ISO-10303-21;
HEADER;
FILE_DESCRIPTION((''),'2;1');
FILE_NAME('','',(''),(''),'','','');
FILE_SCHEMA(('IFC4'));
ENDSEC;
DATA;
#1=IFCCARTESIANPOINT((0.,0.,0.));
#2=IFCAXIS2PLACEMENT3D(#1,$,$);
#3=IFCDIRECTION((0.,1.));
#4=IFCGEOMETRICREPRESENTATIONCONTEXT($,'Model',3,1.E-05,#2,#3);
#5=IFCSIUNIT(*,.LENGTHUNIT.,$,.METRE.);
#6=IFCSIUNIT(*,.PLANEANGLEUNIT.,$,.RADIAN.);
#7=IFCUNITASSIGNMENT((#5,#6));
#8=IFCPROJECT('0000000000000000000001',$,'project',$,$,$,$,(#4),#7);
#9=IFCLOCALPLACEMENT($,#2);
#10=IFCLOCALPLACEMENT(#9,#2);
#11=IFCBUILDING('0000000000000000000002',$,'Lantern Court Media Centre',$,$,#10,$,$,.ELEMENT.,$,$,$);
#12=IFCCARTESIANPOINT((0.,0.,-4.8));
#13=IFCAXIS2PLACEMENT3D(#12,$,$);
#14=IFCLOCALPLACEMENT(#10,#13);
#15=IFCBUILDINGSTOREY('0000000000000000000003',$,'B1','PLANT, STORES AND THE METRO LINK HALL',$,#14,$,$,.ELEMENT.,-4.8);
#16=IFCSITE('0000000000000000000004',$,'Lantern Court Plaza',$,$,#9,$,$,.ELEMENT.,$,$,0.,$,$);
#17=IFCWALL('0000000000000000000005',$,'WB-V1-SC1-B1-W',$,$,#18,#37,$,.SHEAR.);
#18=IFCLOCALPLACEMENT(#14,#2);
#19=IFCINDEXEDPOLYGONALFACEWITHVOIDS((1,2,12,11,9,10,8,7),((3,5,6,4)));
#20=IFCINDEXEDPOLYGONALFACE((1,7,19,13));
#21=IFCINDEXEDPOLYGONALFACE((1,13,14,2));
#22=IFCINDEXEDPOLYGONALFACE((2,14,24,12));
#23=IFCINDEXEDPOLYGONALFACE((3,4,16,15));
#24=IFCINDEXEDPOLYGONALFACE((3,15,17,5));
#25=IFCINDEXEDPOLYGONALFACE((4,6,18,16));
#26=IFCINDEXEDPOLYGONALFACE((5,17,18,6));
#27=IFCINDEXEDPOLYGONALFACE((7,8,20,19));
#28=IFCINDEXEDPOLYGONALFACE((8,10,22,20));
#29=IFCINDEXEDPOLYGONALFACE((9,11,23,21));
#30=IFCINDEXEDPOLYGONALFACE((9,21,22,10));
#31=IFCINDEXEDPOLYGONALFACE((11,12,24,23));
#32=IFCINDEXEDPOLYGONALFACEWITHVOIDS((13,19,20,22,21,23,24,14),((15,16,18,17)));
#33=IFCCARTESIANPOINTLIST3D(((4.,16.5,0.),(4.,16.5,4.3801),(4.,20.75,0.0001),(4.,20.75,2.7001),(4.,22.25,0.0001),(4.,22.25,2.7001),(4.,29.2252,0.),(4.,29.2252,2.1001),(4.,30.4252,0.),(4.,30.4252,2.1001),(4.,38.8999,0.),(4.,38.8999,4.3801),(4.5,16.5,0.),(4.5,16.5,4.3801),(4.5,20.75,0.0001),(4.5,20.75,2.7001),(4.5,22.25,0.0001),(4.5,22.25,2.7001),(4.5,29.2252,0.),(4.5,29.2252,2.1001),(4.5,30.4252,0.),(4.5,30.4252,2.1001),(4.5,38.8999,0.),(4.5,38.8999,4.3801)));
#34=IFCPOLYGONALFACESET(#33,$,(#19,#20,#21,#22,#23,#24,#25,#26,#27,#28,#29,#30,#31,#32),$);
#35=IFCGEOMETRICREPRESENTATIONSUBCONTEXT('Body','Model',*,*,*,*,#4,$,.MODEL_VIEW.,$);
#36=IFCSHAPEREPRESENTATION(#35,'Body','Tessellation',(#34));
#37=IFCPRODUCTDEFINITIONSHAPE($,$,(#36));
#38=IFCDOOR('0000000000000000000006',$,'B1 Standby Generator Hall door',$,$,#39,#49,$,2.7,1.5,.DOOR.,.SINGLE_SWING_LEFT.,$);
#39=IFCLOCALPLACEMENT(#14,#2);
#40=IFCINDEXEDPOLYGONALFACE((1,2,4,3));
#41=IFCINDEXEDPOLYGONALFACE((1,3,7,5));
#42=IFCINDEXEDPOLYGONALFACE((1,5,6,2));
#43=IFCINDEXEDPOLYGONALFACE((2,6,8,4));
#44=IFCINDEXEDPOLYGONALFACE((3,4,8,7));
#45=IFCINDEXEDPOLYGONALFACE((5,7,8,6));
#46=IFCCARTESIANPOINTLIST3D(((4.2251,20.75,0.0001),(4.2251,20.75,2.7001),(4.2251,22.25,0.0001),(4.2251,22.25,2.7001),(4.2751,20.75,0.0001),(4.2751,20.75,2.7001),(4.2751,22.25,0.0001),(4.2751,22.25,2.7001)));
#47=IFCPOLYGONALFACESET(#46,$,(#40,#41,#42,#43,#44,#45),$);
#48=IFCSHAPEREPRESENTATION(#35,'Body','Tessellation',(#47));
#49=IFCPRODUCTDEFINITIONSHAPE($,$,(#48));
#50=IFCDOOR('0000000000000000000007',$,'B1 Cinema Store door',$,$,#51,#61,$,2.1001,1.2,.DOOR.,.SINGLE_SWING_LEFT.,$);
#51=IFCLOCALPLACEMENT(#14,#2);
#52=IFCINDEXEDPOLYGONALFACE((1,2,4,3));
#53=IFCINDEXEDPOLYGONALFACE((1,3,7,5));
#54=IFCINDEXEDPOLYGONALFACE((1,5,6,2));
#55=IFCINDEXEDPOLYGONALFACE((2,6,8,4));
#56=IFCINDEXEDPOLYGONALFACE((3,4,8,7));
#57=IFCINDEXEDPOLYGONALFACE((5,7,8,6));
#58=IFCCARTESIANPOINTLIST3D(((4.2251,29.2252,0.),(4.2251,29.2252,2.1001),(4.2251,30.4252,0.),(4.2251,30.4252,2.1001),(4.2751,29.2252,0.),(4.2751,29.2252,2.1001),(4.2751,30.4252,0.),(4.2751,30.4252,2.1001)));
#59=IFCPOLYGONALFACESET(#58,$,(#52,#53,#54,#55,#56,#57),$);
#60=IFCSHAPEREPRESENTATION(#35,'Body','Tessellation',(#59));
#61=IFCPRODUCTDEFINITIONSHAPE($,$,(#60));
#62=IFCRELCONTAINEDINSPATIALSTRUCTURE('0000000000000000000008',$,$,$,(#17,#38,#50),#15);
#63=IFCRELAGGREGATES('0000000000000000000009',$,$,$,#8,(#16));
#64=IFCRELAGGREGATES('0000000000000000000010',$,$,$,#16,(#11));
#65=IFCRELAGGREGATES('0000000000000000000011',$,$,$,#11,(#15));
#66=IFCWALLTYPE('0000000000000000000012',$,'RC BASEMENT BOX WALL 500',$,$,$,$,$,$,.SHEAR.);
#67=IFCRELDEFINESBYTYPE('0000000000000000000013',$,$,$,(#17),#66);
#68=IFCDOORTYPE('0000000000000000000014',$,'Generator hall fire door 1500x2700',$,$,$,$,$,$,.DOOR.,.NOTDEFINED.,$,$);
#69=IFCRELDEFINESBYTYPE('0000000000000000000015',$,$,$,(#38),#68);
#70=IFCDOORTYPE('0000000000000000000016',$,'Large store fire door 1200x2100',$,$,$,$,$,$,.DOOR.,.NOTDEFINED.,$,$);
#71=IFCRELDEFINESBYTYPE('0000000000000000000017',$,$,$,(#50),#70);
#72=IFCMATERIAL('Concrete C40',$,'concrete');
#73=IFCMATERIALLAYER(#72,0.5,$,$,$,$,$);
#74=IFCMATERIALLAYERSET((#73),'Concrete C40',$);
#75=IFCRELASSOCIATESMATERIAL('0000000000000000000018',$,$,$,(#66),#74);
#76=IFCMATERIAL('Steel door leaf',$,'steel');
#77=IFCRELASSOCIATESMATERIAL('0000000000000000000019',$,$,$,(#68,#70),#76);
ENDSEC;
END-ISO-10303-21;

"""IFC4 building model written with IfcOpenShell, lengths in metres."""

from ifc_helpers import new_model, si_unit, direction, frame, frame_2d, origin, place, context, subcontext, project, spatial, rectangle, extrude, material, layer, layer_set, type_object, element, fill, save


model = new_model("IFC4")

# Units and contexts
model_context = context("Model", 3, precision=1e-05, world=origin(), true_north=direction((0.0, 1.0)))
body_context = subcontext(model_context, "Body", "Model", "MODEL_VIEW")
ifc_project = project(units=[si_unit("LENGTHUNIT", "METRE"), si_unit("PLANEANGLEUNIT", "RADIAN")], contexts=[model_context])

# Site, building, storey
site_placement = place(None, origin())
site = spatial("IfcSite", under=ifc_project, at=site_placement, Name="Lantern Court Plaza", CompositionType="ELEMENT", RefElevation=0.0)
building_placement = place(site_placement, origin())
building = spatial("IfcBuilding", under=site, at=building_placement, Name="Lantern Court Media Centre", CompositionType="ELEMENT")
storey_placement = place(building_placement, frame((0.0, 0.0, -4.8)))
storey = spatial("IfcBuildingStorey", under=building, at=storey_placement, Name="B1", Description="PLANT, STORES AND THE METRO LINK HALL", CompositionType="ELEMENT", Elevation=-4.8)

# Shared definitions
ifc_material_1 = material(Name="Steel door leaf", Category="steel")

# Shared definitions
ifc_material_2 = material(Name="Concrete C40", Category="concrete")
ifc_layer_1 = layer(ifc_material_2, 0.5)
ifc_layer_set_1 = layer_set([ifc_layer_1], Name="Concrete C40")
wall_type_1 = type_object("IfcWallType", Name="RC BASEMENT BOX WALL 500", PredefinedType="SHEAR", material=ifc_layer_set_1)

# Wall, openings, doors
wall_1_placement = place(storey_placement, frame((4.25, 16.5, 0.0), z_axis=(0.0, 0.0, 1.0), x_axis=(0.0, 1.0, 0.0)))
wall_1 = element("IfcWall", 1, at=wall_1_placement, inside=storey, type_object=wall_type_1, Name="WB-V1-SC1-B1-W", PredefinedType="SHEAR", context=body_context, shape_type="SweptSolid", body=[
    extrude(rectangle(XDim=22.3999, YDim=0.5, at=frame_2d((11.2, 0.0))), origin(), (0.0, 0.0, 1.0), 4.3801),
])
opening_1_placement = place(wall_1_placement, frame((4.25, 0.0, 0.0)))
opening_1 = element("IfcOpeningElement", 2, at=opening_1_placement, cuts=wall_1, PredefinedType="OPENING", context=body_context, shape_type="SweptSolid", body=[
    extrude(rectangle(XDim=1.5, YDim=2.7, at=frame_2d((0.75, 1.3501))), frame((0.0, 0.26, 0.0), z_axis=(0.0, -1.0, 0.0), x_axis=(1.0, 0.0, 0.0)), (0.0, 0.0, 1.0), 0.52),
])
opening_2_placement = place(wall_1_placement, frame((12.7251, 0.0, 0.0)))
opening_2 = element("IfcOpeningElement", 3, at=opening_2_placement, cuts=wall_1, PredefinedType="OPENING", context=body_context, shape_type="SweptSolid", body=[
    extrude(rectangle(XDim=1.2, YDim=2.1001, at=frame_2d((0.6001, 1.05))), frame((0.0, 0.26, 0.0), z_axis=(0.0, -1.0, 0.0), x_axis=(1.0, 0.0, 0.0)), (0.0, 0.0, 1.0), 0.52),
])
door_type_1 = type_object("IfcDoorType", Name="Generator hall fire door 1500x2700", OperationType="NOTDEFINED", PredefinedType="DOOR", material=ifc_material_1)
door_1_placement = place(opening_1_placement, origin())
door_1 = element("IfcDoor", 4, at=door_1_placement, inside=storey, type_object=door_type_1, Name="B1 Standby Generator Hall door", OperationType="SINGLE_SWING_LEFT", OverallHeight=2.7, OverallWidth=1.5, PredefinedType="DOOR", context=body_context, shape_type="SweptSolid", body=[
    extrude(rectangle(XDim=1.5, YDim=2.7, at=frame_2d((0.75, 1.3501))), frame((0.0, 0.0249, 0.0), z_axis=(0.0, -1.0, 0.0), x_axis=(1.0, 0.0, 0.0)), (0.0, 0.0, 1.0), 0.05),
])
fill(opening_1, door_1)
door_type_2 = type_object("IfcDoorType", Name="Large store fire door 1200x2100", OperationType="NOTDEFINED", PredefinedType="DOOR", material=ifc_material_1)
door_2_placement = place(opening_2_placement, origin())
door_2 = element("IfcDoor", 5, at=door_2_placement, inside=storey, type_object=door_type_2, Name="B1 Cinema Store door", OperationType="SINGLE_SWING_LEFT", OverallHeight=2.1001, OverallWidth=1.2, PredefinedType="DOOR", context=body_context, shape_type="SweptSolid", body=[
    extrude(rectangle(XDim=1.2, YDim=2.1001, at=frame_2d((0.6001, 1.05))), frame((0.0, 0.0249, 0.0), z_axis=(0.0, -1.0, 0.0), x_axis=(1.0, 0.0, 0.0)), (0.0, 0.0, 1.0), 0.05),
])
fill(opening_2, door_2)

save(model, "model.ifc")
